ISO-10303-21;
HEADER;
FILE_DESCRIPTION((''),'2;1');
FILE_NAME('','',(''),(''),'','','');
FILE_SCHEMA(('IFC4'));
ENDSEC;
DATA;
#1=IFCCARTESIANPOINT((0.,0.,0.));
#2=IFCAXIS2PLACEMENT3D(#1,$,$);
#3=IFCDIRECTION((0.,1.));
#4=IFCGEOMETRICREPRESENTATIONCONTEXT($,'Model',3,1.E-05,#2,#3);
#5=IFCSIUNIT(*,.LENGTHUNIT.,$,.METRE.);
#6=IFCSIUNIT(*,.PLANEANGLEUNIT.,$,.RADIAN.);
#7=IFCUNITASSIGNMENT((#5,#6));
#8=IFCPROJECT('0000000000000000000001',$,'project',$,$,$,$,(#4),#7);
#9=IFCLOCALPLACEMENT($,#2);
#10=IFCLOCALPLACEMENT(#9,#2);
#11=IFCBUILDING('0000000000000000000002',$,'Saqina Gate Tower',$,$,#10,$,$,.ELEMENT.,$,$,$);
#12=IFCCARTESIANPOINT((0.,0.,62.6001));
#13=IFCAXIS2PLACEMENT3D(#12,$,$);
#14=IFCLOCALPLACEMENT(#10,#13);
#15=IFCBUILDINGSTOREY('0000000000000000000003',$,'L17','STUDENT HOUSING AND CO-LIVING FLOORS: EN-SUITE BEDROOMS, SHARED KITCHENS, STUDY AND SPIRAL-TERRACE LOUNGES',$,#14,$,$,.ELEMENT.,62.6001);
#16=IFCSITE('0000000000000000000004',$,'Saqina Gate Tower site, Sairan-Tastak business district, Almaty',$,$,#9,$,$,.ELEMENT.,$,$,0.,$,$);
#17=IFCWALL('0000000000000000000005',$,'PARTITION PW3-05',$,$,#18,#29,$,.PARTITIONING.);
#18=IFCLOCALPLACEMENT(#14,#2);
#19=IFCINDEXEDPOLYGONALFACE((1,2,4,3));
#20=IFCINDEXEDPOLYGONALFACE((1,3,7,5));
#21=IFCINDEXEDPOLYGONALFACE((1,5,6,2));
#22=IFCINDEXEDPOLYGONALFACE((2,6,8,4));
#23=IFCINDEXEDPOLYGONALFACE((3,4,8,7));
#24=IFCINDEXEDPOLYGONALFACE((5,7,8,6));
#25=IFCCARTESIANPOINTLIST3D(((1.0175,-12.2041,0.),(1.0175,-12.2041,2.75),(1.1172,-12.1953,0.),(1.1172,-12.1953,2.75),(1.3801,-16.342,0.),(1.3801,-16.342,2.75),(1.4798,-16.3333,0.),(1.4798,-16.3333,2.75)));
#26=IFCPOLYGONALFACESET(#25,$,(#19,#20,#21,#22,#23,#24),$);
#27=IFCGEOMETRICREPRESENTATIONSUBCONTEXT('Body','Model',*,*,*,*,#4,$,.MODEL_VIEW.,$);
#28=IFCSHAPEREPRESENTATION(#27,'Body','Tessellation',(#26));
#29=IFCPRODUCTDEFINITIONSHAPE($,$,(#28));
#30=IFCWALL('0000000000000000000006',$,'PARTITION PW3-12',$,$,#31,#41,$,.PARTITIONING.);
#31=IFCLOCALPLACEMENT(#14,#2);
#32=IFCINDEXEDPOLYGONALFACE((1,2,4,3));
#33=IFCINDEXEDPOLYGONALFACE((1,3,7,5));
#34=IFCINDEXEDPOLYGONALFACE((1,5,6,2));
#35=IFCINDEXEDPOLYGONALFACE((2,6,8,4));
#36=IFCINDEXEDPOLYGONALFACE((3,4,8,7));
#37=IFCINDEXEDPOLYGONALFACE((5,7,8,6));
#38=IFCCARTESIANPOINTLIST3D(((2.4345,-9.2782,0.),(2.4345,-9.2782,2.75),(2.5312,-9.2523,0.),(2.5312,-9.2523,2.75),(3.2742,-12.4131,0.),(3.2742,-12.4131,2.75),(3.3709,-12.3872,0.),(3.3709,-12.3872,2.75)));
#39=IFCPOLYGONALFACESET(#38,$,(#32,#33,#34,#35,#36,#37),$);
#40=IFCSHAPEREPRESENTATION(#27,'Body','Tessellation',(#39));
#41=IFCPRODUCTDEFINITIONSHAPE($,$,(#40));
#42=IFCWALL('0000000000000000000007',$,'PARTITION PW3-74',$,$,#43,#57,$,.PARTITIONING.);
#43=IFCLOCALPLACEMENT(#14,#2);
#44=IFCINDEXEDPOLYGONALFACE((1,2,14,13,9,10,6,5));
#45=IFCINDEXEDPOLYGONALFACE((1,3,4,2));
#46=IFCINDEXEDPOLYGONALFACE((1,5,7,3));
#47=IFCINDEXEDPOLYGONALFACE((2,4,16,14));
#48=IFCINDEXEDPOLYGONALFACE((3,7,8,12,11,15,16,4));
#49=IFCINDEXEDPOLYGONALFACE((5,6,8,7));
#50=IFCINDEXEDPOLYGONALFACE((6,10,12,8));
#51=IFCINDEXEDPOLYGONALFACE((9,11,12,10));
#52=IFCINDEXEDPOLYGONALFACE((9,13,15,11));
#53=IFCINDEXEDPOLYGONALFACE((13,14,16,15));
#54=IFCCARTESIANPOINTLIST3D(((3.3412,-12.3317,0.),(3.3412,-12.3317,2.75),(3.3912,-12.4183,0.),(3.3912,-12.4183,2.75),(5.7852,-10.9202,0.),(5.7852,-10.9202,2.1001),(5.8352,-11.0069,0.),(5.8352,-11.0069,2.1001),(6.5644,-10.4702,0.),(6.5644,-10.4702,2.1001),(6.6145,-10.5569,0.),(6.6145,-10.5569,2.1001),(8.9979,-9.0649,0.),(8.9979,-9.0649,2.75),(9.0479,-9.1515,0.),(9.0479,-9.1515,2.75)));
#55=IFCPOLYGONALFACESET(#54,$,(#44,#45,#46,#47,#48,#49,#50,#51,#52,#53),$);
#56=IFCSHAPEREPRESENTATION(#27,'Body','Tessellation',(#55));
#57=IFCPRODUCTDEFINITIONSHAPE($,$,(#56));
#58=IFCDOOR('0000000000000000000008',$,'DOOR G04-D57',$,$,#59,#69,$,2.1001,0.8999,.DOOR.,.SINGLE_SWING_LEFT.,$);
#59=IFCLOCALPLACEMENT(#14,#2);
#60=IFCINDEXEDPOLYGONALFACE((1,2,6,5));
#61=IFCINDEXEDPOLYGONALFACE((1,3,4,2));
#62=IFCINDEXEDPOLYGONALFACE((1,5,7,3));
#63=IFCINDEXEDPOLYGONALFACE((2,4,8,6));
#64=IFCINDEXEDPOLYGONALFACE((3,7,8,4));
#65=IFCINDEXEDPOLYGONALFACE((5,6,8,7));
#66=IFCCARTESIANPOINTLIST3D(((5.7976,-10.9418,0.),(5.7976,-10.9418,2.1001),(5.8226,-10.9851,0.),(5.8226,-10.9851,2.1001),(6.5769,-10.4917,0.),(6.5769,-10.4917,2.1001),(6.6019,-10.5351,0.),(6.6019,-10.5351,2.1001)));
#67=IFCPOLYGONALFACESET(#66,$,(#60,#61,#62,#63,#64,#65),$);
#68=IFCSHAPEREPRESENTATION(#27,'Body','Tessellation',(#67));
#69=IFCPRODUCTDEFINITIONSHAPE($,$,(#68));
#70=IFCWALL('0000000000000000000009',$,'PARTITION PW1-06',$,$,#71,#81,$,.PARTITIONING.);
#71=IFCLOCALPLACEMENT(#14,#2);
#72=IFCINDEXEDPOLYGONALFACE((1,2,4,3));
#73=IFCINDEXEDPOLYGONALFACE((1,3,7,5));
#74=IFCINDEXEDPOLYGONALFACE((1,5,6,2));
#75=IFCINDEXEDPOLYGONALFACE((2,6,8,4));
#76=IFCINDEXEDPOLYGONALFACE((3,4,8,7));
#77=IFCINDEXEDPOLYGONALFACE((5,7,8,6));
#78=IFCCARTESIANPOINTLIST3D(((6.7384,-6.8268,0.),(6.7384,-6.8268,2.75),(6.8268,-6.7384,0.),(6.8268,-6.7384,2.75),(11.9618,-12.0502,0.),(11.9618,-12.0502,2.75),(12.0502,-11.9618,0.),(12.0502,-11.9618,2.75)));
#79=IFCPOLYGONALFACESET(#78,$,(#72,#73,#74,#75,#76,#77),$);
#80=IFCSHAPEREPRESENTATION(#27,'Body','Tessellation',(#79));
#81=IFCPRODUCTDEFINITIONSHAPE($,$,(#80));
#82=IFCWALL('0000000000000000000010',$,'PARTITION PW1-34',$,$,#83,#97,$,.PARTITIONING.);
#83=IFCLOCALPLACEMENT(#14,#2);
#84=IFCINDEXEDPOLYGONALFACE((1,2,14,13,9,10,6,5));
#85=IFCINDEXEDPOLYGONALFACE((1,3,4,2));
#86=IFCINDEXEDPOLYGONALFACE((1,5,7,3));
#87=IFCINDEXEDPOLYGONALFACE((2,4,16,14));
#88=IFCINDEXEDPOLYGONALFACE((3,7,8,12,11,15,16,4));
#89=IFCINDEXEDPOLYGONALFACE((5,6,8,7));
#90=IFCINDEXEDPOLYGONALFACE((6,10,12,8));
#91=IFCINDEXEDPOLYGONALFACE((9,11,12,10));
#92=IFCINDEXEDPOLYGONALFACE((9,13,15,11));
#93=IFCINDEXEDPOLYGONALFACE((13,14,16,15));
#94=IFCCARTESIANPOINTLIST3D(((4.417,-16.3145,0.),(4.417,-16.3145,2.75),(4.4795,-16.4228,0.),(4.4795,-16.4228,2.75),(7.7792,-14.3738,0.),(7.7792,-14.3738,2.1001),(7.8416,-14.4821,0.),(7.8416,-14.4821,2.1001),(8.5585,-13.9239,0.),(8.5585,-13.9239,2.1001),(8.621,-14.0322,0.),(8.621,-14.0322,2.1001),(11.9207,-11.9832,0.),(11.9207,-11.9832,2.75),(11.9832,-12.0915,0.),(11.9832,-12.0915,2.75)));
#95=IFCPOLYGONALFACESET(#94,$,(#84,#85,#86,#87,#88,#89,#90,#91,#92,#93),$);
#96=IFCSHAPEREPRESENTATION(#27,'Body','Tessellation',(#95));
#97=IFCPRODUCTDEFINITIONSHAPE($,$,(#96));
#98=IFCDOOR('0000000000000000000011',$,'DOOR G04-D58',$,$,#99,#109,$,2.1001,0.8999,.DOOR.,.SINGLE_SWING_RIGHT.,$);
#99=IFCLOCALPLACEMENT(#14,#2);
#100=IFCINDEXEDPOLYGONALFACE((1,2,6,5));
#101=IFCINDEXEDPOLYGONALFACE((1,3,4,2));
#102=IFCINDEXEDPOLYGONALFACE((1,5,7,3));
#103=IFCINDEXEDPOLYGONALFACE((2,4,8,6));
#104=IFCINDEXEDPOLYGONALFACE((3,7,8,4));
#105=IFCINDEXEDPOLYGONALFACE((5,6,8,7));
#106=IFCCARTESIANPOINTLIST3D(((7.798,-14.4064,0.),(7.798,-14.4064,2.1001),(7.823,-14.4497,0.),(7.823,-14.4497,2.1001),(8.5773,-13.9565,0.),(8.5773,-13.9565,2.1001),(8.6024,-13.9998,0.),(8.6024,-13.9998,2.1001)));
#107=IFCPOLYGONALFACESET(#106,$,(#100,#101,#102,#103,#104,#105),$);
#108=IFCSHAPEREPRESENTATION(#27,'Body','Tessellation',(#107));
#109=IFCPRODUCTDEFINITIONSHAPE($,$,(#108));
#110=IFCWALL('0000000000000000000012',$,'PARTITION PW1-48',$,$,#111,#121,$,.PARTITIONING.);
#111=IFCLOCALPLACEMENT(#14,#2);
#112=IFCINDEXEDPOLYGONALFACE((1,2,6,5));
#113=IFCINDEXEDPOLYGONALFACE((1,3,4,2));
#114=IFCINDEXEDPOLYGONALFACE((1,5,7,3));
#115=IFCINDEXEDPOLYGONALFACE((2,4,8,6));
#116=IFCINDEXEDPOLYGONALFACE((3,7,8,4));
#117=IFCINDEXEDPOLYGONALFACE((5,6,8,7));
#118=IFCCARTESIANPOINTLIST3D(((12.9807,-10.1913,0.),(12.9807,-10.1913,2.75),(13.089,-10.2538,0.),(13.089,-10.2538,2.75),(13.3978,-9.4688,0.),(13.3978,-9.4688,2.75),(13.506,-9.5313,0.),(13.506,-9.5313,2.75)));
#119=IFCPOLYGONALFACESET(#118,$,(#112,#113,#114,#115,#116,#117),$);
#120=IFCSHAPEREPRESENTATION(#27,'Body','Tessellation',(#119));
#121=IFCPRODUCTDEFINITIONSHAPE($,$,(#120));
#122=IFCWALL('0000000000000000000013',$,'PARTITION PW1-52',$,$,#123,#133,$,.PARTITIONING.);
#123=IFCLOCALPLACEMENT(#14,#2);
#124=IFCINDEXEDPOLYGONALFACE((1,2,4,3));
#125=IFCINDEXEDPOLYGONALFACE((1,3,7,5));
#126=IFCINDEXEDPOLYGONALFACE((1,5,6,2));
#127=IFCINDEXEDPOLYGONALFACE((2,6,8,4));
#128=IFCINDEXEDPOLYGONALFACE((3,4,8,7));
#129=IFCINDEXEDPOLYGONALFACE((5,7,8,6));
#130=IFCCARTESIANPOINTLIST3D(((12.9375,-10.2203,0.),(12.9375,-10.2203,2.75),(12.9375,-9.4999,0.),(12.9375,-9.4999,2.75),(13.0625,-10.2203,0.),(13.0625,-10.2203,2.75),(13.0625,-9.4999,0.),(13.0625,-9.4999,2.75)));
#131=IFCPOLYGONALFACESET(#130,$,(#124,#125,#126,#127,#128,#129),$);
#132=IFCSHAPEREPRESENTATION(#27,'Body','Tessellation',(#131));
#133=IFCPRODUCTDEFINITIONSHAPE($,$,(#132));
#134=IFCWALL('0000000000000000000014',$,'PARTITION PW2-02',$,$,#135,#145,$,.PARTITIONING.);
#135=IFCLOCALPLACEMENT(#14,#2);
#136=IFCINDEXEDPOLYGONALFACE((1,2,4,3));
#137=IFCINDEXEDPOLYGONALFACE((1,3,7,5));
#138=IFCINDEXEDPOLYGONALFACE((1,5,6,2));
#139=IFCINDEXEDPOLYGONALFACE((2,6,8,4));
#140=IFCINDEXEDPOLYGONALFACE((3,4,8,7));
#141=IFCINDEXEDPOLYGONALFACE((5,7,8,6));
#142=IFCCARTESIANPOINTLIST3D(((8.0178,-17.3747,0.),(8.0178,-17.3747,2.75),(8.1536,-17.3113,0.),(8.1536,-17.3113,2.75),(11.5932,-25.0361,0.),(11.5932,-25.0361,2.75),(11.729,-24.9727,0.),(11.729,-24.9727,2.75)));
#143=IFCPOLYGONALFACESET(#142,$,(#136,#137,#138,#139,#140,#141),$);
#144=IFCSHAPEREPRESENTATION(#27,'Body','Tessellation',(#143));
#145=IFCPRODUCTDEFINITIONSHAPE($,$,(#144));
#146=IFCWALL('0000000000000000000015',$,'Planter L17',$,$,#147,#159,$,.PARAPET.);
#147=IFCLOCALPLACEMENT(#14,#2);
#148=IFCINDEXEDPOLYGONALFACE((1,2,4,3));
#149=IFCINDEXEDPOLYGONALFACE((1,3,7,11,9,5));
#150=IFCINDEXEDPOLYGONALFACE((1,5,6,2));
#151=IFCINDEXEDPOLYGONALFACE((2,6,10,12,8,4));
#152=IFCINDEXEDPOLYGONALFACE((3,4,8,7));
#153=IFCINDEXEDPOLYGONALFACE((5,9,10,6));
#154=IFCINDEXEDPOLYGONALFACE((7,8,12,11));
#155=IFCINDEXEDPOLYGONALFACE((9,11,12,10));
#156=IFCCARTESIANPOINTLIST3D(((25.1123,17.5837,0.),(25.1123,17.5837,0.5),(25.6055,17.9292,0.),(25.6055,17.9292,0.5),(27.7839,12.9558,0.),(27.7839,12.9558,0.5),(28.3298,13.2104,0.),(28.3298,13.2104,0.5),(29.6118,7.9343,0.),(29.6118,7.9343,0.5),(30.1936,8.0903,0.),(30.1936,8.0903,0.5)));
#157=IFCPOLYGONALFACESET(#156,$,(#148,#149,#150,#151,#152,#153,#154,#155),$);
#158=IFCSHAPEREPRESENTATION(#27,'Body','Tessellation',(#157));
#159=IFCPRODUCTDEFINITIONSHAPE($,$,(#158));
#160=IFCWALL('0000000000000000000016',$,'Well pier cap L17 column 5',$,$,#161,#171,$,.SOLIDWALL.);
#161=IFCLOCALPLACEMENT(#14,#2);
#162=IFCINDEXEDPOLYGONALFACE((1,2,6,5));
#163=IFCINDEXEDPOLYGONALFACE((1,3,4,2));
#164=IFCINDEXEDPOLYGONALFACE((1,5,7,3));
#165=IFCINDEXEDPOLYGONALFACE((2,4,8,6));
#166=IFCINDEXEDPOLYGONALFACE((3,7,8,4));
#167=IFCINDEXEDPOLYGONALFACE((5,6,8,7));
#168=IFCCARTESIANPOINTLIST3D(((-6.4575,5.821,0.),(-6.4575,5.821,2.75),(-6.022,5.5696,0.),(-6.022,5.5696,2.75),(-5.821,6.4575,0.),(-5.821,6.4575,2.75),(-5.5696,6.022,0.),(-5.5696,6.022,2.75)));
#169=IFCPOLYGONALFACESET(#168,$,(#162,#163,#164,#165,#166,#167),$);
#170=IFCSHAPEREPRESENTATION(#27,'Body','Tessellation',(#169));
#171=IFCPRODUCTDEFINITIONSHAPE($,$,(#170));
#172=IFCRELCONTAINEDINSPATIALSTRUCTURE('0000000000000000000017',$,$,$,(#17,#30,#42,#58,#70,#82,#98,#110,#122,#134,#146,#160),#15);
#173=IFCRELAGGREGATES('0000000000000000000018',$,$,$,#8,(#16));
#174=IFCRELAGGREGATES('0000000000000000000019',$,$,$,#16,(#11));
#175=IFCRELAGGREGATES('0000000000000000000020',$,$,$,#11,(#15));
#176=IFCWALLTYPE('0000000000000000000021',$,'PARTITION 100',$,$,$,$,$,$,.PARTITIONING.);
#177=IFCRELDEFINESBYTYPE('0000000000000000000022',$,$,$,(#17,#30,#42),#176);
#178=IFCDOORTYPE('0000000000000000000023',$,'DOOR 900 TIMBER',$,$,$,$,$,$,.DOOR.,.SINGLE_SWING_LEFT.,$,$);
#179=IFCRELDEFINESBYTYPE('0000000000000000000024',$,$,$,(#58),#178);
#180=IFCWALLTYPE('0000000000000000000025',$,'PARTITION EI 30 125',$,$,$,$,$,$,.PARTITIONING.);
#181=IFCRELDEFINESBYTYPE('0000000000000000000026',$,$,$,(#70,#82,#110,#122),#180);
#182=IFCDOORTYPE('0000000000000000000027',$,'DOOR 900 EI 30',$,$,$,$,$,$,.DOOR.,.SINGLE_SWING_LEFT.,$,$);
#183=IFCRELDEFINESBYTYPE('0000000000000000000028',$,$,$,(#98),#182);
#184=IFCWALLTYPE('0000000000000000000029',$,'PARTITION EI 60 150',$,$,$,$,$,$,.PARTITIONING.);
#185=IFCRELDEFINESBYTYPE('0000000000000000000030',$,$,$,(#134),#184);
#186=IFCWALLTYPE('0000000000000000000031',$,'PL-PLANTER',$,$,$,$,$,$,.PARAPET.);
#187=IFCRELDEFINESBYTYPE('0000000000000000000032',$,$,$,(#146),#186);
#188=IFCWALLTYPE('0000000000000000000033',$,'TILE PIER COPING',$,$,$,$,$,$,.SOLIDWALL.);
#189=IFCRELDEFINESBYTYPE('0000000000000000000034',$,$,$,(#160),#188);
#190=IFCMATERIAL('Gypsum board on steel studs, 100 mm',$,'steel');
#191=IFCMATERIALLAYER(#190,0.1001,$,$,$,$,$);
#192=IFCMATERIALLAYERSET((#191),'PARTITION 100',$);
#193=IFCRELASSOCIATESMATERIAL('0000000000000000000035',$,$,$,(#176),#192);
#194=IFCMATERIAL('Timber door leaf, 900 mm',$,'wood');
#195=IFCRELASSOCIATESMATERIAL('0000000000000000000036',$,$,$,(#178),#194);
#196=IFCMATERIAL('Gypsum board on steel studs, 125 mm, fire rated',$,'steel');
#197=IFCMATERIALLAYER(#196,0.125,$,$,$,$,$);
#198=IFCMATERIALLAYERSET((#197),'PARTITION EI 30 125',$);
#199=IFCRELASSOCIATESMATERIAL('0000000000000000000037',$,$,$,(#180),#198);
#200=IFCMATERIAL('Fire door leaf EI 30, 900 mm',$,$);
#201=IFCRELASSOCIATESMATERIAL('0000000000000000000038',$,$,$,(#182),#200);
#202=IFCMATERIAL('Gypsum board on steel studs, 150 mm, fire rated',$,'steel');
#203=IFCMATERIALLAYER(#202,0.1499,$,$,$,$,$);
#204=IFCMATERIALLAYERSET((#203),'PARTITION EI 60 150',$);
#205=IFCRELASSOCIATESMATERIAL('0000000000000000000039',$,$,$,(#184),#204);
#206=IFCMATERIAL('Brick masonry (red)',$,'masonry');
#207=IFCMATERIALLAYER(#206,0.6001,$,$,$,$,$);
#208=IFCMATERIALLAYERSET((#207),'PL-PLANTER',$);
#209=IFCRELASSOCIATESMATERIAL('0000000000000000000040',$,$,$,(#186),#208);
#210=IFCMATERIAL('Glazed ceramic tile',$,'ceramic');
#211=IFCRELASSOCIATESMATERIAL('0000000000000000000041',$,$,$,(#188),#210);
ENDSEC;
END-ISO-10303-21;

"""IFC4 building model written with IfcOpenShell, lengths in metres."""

from ifc_helpers import new_model, si_unit, direction, frame, frame_2d, origin, place, context, subcontext, project, spatial, polyline, rectangle, outline, extrude, material, layer, layer_set, type_object, element, fill, save


model = new_model("IFC4")

# Units and contexts
model_context = context("Model", 3, precision=1e-05, world=origin(), true_north=direction((0.0, 1.0)))
body_context = subcontext(model_context, "Body", "Model", "MODEL_VIEW")
ifc_project = project(units=[si_unit("LENGTHUNIT", "METRE"), si_unit("PLANEANGLEUNIT", "RADIAN")], contexts=[model_context])

# Site, building, storey
site_placement = place(None, origin())
site = spatial("IfcSite", under=ifc_project, at=site_placement, Name="Saqina Gate Tower site, Sairan-Tastak business district, Almaty", CompositionType="ELEMENT", RefElevation=0.0)
building_placement = place(site_placement, origin())
building = spatial("IfcBuilding", under=site, at=building_placement, Name="Saqina Gate Tower", CompositionType="ELEMENT")
storey_placement = place(building_placement, frame((0.0, 0.0, 62.6001)))
storey = spatial("IfcBuildingStorey", under=building, at=storey_placement, Name="L17", Description="STUDENT HOUSING AND CO-LIVING FLOORS: EN-SUITE BEDROOMS, SHARED KITCHENS, STUDY AND SPIRAL-TERRACE LOUNGES", CompositionType="ELEMENT", Elevation=62.6001)

# Walls
ifc_material_1 = material(Name="Gypsum board on steel studs, 100 mm", Category="steel")
ifc_layer_1 = layer(ifc_material_1, 0.1001)
ifc_layer_set_1 = layer_set([ifc_layer_1], Name="PARTITION 100")
wall_type_1 = type_object("IfcWallType", Name="PARTITION 100", PredefinedType="PARTITIONING", material=ifc_layer_set_1)
wall_1_placement = place(storey_placement, frame((1.0674, -12.1997, 0.0), z_axis=(0.0, 0.0, 1.0), x_axis=(0.087281, -0.996184, 0.0)))
element("IfcWall", 1, at=wall_1_placement, inside=storey, type_object=wall_type_1, Name="PARTITION PW3-05", PredefinedType="PARTITIONING", context=body_context, shape_type="SweptSolid", body=[
    extrude(rectangle(XDim=4.1538, YDim=0.1001, at=frame_2d((2.0769, 0.0))), origin(), (0.0, 0.0, 1.0), 2.75),
])
wall_2_placement = place(storey_placement, frame((2.4829, -9.2654, 0.0), z_axis=(0.0, 0.0, 1.0), x_axis=(0.258716, -0.965953, 0.0)))
element("IfcWall", 2, at=wall_2_placement, inside=storey, type_object=wall_type_1, Name="PARTITION PW3-12", PredefinedType="PARTITIONING", context=body_context, shape_type="SweptSolid", body=[
    extrude(rectangle(XDim=3.2454, YDim=0.1001, at=frame_2d((1.6226, 0.0))), origin(), (0.0, 0.0, 1.0), 2.75),
])

# Wall, opening, door
wall_3_placement = place(storey_placement, frame((3.3662, -12.375, 0.0), z_axis=(0.0, 0.0, 1.0), x_axis=(0.865964, 0.500106, 0.0)))
wall_3 = element("IfcWall", 3, at=wall_3_placement, inside=storey, type_object=wall_type_1, Name="PARTITION PW3-74", PredefinedType="PARTITIONING", context=body_context, shape_type="SweptSolid", body=[
    extrude(rectangle(XDim=6.5322, YDim=0.1001, at=frame_2d((3.2661, 0.0))), origin(), (0.0, 0.0, 1.0), 2.75),
])
opening_1_placement = place(wall_3_placement, frame((2.8223, 0.0, 0.0)))
opening_1 = element("IfcOpeningElement", 4, at=opening_1_placement, cuts=wall_3, PredefinedType="OPENING", context=body_context, shape_type="SweptSolid", body=[
    extrude(rectangle(XDim=0.8999, YDim=2.1001, at=frame_2d((0.45, 1.05))), frame((0.0, 0.062, 0.0), z_axis=(0.0, -1.0, 0.0), x_axis=(1.0, 0.0, 0.0)), (0.0, 0.0, 1.0), 0.124),
])
ifc_material_2 = material(Name="Timber door leaf, 900 mm", Category="wood")
door_type_1 = type_object("IfcDoorType", Name="DOOR 900 TIMBER", OperationType="SINGLE_SWING_LEFT", PredefinedType="DOOR", material=ifc_material_2)
door_1_placement = place(opening_1_placement, frame((0.8999, 0.0, 0.0), z_axis=(0.0, 0.0, 1.0), x_axis=(-1.0, 0.0, 0.0)))
door_1 = element("IfcDoor", 5, at=door_1_placement, inside=storey, type_object=door_type_1, Name="DOOR G04-D57", OperationType="SINGLE_SWING_LEFT", OverallHeight=2.1001, OverallWidth=0.8999, PredefinedType="DOOR", context=body_context, shape_type="SweptSolid", body=[
    extrude(rectangle(XDim=0.8999, YDim=2.1001, at=frame_2d((0.45, 1.05))), frame((0.0, 0.0249, 0.0), z_axis=(0.0, -1.0, 0.0), x_axis=(1.0, 0.0, 0.0)), (0.0, 0.0, 1.0), 0.05),
])
fill(opening_1, door_1)

# Wall
ifc_material_3 = material(Name="Gypsum board on steel studs, 125 mm, fire rated", Category="steel")
ifc_layer_2 = layer(ifc_material_3, 0.125)
ifc_layer_set_2 = layer_set([ifc_layer_2], Name="PARTITION EI 30 125")
wall_type_2 = type_object("IfcWallType", Name="PARTITION EI 30 125", PredefinedType="PARTITIONING", material=ifc_layer_set_2)
wall_4_placement = place(storey_placement, frame((6.7827, -6.7827, 0.0), z_axis=(0.0, 0.0, 1.0), x_axis=(0.707107, -0.707107, 0.0)))
element("IfcWall", 6, at=wall_4_placement, inside=storey, type_object=wall_type_2, Name="PARTITION PW1-06", PredefinedType="PARTITIONING", context=body_context, shape_type="SweptSolid", body=[
    extrude(rectangle(XDim=7.387, YDim=0.125, at=frame_2d((3.6934, 0.0))), origin(), (0.0, 0.0, 1.0), 2.75),
])

# Wall, opening, door
wall_5_placement = place(storey_placement, frame((4.4482, -16.3687, 0.0), z_axis=(0.0, 0.0, 1.0), x_axis=(0.866073, 0.499918, 0.0)))
wall_5 = element("IfcWall", 7, at=wall_5_placement, inside=storey, type_object=wall_type_2, Name="PARTITION PW1-34", PredefinedType="PARTITIONING", context=body_context, shape_type="SweptSolid", body=[
    extrude(rectangle(XDim=8.6641, YDim=0.125, at=frame_2d((4.332, 0.0))), origin(), (0.0, 0.0, 1.0), 2.75),
])
opening_2_placement = place(wall_5_placement, frame((3.8821, 0.0, 0.0)))
opening_2 = element("IfcOpeningElement", 8, at=opening_2_placement, cuts=wall_5, PredefinedType="OPENING", context=body_context, shape_type="SweptSolid", body=[
    extrude(rectangle(XDim=0.8999, YDim=2.1001, at=frame_2d((0.45, 1.05))), frame((0.0, 0.0745, 0.0), z_axis=(0.0, -1.0, 0.0), x_axis=(1.0, 0.0, 0.0)), (0.0, 0.0, 1.0), 0.1489),
])
ifc_material_4 = material(Name="Fire door leaf EI 30, 900 mm")
door_type_2 = type_object("IfcDoorType", Name="DOOR 900 EI 30", OperationType="SINGLE_SWING_LEFT", PredefinedType="DOOR", material=ifc_material_4)
door_2_placement = place(opening_2_placement, origin())
door_2 = element("IfcDoor", 9, at=door_2_placement, inside=storey, type_object=door_type_2, Name="DOOR G04-D58", OperationType="SINGLE_SWING_RIGHT", OverallHeight=2.1001, OverallWidth=0.8999, PredefinedType="DOOR", context=body_context, shape_type="SweptSolid", body=[
    extrude(rectangle(XDim=0.8999, YDim=2.1001, at=frame_2d((0.45, 1.05))), frame((0.0, 0.0249, 0.0), z_axis=(0.0, -1.0, 0.0), x_axis=(1.0, 0.0, 0.0)), (0.0, 0.0, 1.0), 0.05),
])
fill(opening_2, door_2)

# Walls
wall_6_placement = place(storey_placement, frame((13.0349, -10.2224, 0.0), z_axis=(0.0, 0.0, 1.0), x_axis=(0.499917, 0.866073, 0.0)))
element("IfcWall", 10, at=wall_6_placement, inside=storey, type_object=wall_type_2, Name="PARTITION PW1-48", PredefinedType="PARTITIONING", context=body_context, shape_type="SweptSolid", body=[
    extrude(rectangle(XDim=0.8342, YDim=0.125, at=frame_2d((0.417, 0.0))), origin(), (0.0, 0.0, 1.0), 2.75),
])
wall_7_placement = place(storey_placement, frame((13.0, -10.2205, 0.0), z_axis=(0.0, 0.0, 1.0), x_axis=(0.0, 1.0, 0.0)))
element("IfcWall", 11, at=wall_7_placement, inside=storey, type_object=wall_type_2, Name="PARTITION PW1-52", PredefinedType="PARTITIONING", context=body_context, shape_type="SweptSolid", body=[
    extrude(rectangle(XDim=0.7205, YDim=0.125, at=frame_2d((0.3604, 0.0))), origin(), (0.0, 0.0, 1.0), 2.75),
])
ifc_material_5 = material(Name="Gypsum board on steel studs, 150 mm, fire rated", Category="steel")
ifc_layer_3 = layer(ifc_material_5, 0.1499)
ifc_layer_set_3 = layer_set([ifc_layer_3], Name="PARTITION EI 60 150")
wall_type_3 = type_object("IfcWallType", Name="PARTITION EI 60 150", PredefinedType="PARTITIONING", material=ifc_layer_set_3)
wall_8_placement = place(storey_placement, frame((8.0857, -17.343, 0.0), z_axis=(0.0, 0.0, 1.0), x_axis=(0.422898, -0.906177, 0.0)))
element("IfcWall", 12, at=wall_8_placement, inside=storey, type_object=wall_type_3, Name="PARTITION PW2-02", PredefinedType="PARTITIONING", context=body_context, shape_type="SweptSolid", body=[
    extrude(rectangle(XDim=8.4546, YDim=0.1499, at=frame_2d((4.2273, 0.0))), origin(), (0.0, 0.0, 1.0), 2.75),
])
ifc_material_6 = material(Name="Brick masonry (red)", Category="masonry")
ifc_layer_4 = layer(ifc_material_6, 0.6001)
ifc_layer_set_4 = layer_set([ifc_layer_4], Name="PL-PLANTER")
wall_type_4 = type_object("IfcWallType", Name="PL-PLANTER", PredefinedType="PARAPET", material=ifc_layer_set_4)
wall_9_placement = place(storey_placement, origin())
element("IfcWall", 13, at=wall_9_placement, inside=storey, type_object=wall_type_4, Name="Planter L17", PredefinedType="PARAPET", context=body_context, shape_type="SweptSolid", body=[
    extrude(outline(polyline([(30.1936, 8.0903), (28.3298, 13.2104), (25.6055, 17.9292), (25.1123, 17.5837), (27.7839, 12.9558), (29.6118, 7.9343), (30.1936, 8.0903)])), origin(), (0.0, 0.0, 1.0), 0.5),
])
ifc_material_7 = material(Name="Glazed ceramic tile", Category="ceramic")
wall_type_5 = type_object("IfcWallType", Name="TILE PIER COPING", PredefinedType="SOLIDWALL", material=ifc_material_7)
wall_10_placement = place(storey_placement, origin())
element("IfcWall", 14, at=wall_10_placement, inside=storey, type_object=wall_type_5, Name="Well pier cap L17 column 5", PredefinedType="SOLIDWALL", context=body_context, shape_type="SweptSolid", body=[
    extrude(outline(polyline([(-6.4575, 5.821), (-6.022, 5.5696), (-5.5696, 6.022), (-5.821, 6.4575), (-6.4575, 5.821)])), origin(), (0.0, 0.0, 1.0), 2.75),
])

save(model, "model.ifc")
